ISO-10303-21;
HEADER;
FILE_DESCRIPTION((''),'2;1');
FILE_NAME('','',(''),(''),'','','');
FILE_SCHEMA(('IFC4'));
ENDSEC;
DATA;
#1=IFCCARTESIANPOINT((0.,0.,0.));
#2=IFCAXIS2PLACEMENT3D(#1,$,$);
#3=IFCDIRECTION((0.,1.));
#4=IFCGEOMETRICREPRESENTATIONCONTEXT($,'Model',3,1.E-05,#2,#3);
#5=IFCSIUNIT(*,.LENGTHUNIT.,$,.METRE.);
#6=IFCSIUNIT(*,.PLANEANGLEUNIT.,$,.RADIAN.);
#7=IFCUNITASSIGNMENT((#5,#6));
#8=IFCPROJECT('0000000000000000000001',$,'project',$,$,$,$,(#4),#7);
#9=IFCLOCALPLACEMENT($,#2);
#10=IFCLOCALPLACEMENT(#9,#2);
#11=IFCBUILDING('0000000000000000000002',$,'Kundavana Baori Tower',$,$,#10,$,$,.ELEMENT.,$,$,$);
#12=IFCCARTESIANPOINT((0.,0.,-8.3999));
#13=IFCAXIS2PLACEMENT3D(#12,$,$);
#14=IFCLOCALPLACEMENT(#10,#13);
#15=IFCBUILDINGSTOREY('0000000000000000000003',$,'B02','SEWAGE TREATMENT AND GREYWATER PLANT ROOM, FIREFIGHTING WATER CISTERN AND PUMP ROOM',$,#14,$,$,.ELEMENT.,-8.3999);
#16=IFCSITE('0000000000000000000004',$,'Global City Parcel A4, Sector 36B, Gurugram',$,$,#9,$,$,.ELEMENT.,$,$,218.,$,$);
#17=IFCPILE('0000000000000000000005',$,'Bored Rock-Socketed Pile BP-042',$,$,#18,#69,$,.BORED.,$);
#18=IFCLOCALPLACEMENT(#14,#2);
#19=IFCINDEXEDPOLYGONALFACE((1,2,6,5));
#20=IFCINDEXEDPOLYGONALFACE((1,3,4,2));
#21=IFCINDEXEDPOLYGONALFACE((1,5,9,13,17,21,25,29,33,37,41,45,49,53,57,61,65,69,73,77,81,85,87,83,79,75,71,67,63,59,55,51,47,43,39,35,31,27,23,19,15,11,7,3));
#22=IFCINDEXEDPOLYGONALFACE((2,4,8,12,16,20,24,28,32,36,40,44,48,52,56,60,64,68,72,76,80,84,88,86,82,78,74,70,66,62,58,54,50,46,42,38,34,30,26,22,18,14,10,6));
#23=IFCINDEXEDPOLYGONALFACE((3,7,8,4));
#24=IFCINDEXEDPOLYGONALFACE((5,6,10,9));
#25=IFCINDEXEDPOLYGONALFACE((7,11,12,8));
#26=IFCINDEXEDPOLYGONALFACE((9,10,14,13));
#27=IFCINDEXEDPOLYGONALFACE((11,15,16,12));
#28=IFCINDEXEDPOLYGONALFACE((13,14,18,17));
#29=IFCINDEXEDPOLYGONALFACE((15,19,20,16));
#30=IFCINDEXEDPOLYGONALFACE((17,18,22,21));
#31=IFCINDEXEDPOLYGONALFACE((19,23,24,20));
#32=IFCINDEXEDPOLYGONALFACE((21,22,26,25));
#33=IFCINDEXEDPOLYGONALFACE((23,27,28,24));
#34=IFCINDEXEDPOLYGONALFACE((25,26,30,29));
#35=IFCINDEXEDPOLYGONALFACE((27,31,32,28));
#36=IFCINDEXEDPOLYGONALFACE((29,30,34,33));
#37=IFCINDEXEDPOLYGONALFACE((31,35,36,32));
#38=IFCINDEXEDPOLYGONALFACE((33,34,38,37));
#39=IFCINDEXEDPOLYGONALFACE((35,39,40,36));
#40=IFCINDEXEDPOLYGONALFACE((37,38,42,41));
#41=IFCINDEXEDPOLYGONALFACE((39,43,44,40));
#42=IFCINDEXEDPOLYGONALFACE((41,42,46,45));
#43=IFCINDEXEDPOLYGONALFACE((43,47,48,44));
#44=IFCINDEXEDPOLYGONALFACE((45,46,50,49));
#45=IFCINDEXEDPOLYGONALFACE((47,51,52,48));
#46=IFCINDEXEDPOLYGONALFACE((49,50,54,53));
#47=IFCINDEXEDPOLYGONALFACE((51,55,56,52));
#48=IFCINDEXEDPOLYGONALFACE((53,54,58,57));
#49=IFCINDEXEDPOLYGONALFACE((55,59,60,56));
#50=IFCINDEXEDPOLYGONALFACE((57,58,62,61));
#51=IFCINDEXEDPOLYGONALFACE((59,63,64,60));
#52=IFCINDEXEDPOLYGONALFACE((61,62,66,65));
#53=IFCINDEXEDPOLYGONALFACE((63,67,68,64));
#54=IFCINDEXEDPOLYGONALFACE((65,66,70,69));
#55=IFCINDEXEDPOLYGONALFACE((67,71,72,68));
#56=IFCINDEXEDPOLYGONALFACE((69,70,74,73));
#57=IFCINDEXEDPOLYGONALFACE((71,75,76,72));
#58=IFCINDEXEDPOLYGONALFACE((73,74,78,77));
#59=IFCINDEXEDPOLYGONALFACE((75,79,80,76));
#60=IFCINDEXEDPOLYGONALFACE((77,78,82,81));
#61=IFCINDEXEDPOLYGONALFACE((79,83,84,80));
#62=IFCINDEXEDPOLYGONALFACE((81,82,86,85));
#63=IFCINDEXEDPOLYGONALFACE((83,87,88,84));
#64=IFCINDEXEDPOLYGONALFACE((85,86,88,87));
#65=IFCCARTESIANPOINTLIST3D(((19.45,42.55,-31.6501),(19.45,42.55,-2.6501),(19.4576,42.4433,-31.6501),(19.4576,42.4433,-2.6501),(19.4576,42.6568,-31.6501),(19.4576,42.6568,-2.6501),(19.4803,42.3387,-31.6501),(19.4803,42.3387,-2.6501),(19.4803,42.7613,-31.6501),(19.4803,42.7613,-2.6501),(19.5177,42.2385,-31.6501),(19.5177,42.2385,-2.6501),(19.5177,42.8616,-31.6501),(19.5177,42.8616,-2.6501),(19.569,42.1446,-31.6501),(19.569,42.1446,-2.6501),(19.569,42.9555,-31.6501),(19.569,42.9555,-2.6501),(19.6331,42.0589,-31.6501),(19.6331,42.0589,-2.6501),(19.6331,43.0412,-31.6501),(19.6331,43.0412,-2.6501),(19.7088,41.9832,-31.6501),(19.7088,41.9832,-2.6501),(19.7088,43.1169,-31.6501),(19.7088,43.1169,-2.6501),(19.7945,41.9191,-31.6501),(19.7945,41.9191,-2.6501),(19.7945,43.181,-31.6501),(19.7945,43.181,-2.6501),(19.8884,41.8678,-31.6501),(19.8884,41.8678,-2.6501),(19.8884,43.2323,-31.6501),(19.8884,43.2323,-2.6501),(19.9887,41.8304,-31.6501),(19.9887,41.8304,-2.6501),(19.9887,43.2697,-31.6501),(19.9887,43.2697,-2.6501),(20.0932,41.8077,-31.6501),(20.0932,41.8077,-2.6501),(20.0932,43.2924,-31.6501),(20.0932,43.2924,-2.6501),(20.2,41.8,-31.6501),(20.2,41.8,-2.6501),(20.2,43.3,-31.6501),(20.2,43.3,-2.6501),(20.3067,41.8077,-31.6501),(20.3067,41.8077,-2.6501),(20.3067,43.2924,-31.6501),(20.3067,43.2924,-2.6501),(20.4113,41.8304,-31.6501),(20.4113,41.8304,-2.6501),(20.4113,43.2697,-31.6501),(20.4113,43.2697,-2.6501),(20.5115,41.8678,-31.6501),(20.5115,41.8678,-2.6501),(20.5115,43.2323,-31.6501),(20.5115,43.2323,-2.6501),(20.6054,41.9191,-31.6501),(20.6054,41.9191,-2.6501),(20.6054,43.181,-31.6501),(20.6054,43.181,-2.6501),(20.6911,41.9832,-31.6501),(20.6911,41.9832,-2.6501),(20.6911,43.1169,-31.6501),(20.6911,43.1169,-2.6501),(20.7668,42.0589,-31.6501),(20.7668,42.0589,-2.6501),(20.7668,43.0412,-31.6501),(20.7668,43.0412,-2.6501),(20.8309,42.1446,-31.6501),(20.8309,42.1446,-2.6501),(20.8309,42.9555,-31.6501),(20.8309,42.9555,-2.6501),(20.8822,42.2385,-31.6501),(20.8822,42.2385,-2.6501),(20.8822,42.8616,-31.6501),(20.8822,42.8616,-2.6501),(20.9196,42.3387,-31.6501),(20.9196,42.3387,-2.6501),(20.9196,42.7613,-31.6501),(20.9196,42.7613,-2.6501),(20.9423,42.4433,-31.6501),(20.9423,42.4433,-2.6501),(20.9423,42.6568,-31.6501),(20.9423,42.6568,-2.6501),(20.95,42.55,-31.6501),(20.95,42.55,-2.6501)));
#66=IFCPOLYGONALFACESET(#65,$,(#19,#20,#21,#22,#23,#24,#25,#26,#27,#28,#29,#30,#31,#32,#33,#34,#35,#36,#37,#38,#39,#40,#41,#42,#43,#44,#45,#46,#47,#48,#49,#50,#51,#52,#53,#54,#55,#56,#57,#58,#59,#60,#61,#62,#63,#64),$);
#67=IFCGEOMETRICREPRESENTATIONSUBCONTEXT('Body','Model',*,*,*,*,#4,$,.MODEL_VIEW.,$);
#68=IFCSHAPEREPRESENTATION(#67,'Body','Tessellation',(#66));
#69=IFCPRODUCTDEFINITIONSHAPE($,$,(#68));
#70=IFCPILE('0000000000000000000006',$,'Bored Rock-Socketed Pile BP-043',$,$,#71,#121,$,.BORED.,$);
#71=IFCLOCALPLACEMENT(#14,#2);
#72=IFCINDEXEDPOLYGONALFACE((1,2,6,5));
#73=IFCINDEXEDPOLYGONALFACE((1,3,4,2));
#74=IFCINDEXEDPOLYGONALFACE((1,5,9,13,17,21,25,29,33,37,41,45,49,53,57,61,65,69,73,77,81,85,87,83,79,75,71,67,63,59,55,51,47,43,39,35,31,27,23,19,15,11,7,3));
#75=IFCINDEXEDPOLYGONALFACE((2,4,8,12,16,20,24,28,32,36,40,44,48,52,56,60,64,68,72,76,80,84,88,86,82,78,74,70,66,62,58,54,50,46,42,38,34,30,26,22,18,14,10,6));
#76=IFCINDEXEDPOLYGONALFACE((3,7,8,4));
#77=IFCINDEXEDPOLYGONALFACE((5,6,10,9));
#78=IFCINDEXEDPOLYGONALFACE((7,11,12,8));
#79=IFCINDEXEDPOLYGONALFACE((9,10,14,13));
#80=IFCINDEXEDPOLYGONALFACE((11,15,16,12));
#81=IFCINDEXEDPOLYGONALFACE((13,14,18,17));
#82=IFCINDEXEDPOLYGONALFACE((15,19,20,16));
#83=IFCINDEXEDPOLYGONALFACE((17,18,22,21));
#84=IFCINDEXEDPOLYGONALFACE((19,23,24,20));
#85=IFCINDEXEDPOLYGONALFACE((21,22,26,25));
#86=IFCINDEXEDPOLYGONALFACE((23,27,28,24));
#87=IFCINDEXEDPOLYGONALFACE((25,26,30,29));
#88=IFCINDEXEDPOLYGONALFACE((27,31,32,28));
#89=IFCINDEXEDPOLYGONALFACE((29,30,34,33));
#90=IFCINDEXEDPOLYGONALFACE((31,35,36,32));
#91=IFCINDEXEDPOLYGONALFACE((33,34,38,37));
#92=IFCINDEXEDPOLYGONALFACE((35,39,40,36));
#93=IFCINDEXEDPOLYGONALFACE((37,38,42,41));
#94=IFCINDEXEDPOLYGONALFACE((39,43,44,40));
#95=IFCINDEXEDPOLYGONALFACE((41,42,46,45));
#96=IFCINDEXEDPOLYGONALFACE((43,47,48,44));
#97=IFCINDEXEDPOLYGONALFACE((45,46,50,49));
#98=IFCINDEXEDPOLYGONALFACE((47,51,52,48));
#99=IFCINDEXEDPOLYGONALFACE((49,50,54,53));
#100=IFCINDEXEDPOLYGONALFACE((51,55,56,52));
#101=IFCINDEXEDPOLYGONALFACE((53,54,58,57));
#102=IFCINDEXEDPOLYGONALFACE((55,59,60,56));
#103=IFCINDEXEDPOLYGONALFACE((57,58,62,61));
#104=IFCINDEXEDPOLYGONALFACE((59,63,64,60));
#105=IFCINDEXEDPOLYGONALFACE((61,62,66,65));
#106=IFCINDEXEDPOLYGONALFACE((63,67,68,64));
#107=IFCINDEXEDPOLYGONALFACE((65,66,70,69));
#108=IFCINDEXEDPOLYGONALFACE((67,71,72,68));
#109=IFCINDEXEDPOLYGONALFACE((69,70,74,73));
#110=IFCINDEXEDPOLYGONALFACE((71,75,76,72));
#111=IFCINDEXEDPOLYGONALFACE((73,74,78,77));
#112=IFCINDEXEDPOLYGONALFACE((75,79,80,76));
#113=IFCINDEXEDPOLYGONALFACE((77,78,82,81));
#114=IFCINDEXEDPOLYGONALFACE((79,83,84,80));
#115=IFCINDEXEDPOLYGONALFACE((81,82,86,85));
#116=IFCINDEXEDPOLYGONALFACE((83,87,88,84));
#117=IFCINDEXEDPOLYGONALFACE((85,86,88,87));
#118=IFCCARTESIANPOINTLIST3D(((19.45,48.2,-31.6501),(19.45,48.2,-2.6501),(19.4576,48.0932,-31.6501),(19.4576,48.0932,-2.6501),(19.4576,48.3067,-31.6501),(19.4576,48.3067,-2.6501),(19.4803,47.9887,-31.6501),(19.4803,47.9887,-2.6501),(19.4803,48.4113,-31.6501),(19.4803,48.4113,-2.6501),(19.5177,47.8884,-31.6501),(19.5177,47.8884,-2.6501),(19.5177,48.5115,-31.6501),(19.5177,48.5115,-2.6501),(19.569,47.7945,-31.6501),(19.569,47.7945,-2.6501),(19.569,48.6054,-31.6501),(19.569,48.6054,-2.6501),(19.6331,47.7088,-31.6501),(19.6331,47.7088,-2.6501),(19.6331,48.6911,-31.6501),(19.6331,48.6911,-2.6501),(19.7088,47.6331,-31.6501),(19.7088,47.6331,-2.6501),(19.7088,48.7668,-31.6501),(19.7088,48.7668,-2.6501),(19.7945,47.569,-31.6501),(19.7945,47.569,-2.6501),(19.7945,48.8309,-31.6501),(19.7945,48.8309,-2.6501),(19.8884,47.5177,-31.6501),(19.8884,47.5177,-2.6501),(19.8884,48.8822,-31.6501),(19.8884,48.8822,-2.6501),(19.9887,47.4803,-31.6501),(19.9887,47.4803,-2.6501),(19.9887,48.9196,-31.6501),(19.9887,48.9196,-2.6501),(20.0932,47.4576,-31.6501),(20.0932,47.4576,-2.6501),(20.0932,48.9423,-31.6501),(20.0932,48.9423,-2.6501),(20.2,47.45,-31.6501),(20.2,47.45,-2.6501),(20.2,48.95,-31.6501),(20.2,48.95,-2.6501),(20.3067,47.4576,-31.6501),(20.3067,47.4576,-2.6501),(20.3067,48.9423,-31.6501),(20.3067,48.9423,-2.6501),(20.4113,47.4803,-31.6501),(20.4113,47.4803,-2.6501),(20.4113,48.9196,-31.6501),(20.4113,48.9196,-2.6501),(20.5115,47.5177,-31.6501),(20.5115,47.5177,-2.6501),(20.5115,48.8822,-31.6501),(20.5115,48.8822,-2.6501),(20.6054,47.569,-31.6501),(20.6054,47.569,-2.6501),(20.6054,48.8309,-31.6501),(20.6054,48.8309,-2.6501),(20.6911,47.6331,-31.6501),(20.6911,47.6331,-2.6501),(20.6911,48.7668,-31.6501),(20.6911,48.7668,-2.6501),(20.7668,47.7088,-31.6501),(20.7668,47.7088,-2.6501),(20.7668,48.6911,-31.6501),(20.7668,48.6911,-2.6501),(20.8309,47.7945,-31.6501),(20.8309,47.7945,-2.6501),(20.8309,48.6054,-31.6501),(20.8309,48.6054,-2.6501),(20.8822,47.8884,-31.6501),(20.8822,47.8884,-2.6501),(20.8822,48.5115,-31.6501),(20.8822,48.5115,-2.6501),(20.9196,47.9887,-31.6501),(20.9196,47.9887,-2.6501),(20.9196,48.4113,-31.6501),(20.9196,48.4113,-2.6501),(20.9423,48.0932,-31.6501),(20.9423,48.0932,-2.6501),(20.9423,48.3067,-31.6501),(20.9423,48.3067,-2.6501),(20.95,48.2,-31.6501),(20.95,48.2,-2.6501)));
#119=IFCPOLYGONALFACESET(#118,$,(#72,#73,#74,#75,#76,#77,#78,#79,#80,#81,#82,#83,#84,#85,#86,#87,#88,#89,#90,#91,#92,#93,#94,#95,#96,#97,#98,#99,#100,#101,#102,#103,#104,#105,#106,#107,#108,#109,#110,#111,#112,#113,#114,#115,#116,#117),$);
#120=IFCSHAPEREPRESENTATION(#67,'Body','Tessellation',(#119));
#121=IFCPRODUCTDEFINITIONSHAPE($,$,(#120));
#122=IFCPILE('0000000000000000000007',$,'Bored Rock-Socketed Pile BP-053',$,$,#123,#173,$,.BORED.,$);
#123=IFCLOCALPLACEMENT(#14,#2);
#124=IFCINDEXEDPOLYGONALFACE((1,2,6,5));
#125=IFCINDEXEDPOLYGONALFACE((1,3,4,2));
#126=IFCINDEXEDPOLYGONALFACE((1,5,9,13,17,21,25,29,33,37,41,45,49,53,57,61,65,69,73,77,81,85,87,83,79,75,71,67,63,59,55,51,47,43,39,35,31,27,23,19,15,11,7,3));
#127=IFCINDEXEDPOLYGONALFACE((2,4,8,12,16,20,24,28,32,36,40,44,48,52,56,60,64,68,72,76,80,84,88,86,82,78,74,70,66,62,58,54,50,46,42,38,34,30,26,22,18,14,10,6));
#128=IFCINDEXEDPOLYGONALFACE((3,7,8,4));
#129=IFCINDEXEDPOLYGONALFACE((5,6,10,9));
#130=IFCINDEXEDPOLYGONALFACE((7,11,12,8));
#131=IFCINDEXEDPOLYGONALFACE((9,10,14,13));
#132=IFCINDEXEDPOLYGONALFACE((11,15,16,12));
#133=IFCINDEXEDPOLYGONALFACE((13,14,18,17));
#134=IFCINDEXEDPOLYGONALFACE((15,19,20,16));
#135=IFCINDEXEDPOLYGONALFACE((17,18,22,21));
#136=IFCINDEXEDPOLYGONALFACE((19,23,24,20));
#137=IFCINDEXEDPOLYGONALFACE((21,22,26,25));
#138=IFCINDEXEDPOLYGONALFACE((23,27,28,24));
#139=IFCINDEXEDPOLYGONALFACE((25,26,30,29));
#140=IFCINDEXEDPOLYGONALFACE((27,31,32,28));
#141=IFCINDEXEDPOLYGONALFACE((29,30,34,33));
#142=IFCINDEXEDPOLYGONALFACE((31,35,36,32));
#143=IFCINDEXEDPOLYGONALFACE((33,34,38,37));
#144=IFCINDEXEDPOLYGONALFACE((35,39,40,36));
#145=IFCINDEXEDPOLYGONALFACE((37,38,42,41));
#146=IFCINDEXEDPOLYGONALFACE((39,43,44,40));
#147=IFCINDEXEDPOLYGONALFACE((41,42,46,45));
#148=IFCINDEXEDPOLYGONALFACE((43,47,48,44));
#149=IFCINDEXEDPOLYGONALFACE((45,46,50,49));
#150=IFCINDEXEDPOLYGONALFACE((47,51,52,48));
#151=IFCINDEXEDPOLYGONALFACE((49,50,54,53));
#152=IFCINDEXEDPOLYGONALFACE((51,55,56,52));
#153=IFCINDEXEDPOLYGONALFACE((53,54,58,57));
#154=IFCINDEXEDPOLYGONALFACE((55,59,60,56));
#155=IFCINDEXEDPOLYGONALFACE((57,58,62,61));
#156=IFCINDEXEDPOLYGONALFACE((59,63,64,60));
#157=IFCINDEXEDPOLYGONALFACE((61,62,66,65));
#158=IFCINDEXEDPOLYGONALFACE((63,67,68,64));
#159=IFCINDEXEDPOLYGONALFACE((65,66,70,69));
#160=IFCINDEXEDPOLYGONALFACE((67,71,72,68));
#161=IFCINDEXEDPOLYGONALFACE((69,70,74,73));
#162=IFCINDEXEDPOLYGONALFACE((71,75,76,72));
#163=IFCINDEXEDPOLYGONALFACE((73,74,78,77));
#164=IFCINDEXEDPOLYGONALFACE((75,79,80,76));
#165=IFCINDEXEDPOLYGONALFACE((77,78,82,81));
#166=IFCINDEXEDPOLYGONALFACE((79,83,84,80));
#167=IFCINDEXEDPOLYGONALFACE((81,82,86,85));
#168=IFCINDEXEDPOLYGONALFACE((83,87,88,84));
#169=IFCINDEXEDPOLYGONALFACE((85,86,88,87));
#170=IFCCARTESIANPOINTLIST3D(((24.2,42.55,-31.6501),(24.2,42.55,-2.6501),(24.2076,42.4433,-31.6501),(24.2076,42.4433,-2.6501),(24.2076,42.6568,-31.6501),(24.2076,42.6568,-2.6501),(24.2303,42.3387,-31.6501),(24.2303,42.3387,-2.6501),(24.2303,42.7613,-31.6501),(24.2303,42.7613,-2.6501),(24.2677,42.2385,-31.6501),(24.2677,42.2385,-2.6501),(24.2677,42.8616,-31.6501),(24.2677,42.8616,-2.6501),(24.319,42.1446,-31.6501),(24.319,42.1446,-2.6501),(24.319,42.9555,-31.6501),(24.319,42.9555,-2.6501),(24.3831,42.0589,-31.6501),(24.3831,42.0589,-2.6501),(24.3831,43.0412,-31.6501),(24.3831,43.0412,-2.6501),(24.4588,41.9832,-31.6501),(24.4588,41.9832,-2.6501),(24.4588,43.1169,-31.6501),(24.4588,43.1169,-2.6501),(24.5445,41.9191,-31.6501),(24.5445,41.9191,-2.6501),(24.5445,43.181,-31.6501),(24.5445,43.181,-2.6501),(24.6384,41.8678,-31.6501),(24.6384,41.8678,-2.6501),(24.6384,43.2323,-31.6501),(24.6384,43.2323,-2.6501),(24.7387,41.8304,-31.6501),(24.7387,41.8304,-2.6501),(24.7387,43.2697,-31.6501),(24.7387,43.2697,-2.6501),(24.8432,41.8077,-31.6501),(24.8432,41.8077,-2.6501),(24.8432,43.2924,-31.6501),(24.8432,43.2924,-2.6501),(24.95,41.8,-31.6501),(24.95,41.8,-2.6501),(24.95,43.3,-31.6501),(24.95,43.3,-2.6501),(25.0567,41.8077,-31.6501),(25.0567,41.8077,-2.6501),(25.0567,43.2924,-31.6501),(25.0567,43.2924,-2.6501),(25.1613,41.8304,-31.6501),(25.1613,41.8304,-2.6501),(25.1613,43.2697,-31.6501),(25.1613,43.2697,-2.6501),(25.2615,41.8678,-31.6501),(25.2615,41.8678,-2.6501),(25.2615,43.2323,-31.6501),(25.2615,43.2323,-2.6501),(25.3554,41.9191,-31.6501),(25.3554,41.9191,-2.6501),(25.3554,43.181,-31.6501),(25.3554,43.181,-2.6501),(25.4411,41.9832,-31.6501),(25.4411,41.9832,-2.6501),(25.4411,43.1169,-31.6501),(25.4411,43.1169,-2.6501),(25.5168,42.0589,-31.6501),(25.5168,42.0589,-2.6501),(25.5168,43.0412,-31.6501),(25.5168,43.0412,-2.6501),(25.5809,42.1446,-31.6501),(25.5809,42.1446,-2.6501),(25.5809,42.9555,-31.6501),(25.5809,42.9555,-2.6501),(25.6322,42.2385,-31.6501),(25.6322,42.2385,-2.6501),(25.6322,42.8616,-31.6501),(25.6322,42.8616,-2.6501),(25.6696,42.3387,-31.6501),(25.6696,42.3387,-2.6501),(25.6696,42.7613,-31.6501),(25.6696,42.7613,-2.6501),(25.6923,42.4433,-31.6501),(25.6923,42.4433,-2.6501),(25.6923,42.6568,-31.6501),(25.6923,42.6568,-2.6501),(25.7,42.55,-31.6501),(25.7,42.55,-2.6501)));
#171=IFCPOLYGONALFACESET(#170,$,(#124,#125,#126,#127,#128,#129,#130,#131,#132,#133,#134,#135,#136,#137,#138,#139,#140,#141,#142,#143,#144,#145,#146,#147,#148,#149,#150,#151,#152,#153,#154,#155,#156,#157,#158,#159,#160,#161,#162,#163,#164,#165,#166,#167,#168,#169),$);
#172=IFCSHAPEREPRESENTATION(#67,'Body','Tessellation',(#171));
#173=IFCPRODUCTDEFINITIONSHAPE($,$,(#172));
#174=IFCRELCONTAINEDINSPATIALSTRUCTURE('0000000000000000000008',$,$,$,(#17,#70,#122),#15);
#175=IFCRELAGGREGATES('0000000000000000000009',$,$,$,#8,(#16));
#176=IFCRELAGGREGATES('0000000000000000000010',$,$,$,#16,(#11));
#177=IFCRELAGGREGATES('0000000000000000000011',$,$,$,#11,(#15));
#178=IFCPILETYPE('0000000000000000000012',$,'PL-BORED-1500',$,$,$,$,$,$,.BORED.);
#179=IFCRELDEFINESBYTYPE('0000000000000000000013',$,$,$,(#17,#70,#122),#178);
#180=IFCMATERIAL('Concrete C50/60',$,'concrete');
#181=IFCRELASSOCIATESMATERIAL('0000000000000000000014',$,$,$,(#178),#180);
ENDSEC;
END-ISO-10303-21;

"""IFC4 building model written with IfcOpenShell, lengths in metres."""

from ifc_helpers import new_model, si_unit, direction, frame, origin, origin_2d, place, context, subcontext, project, spatial, circle, extrude, material, material_profile, profile_set, type_object, element, save


model = new_model("IFC4")

# Units and contexts
model_context = context("Model", 3, precision=1e-05, world=origin(), true_north=direction((0.0, 1.0)))
body_context = subcontext(model_context, "Body", "Model", "MODEL_VIEW")
ifc_project = project(units=[si_unit("LENGTHUNIT", "METRE"), si_unit("PLANEANGLEUNIT", "RADIAN")], contexts=[model_context])

# Site, building, storey
site_placement = place(None, origin())
site = spatial("IfcSite", under=ifc_project, at=site_placement, Name="Global City Parcel A4, Sector 36B, Gurugram", CompositionType="ELEMENT", RefElevation=218.0)
building_placement = place(site_placement, origin())
building = spatial("IfcBuilding", under=site, at=building_placement, Name="Kundavana Baori Tower", CompositionType="ELEMENT")
storey_placement = place(building_placement, frame((0.0, 0.0, -8.3999)))
storey = spatial("IfcBuildingStorey", under=building, at=storey_placement, Name="B02", Description="SEWAGE TREATMENT AND GREYWATER PLANT ROOM, FIREFIGHTING WATER CISTERN AND PUMP ROOM", CompositionType="ELEMENT", Elevation=-8.3999)

# Piles
ifc_material_1 = material(Name="Concrete C50/60", Category="concrete")
ifc_material_profile_1 = material_profile(ifc_material_1, circle(Radius=0.75, at=origin_2d()), Name="BORED PILE D1500")
ifc_profile_set_1 = profile_set([ifc_material_profile_1], Name="Concrete C50/60")
pile_type_1 = type_object("IfcPileType", Name="PL-BORED-1500", PredefinedType="BORED", material=ifc_profile_set_1)
for number, where, z_axis, x_axis, name in (
    (1, (20.2, 42.55, -2.6501), (0.0, 0.0, -1.0), (1.0, 0.0, 0.0), "Bored Rock-Socketed Pile BP-042"),
    (2, (20.2, 48.2, -2.6501), (0.0, 0.0, -1.0), (1.0, 0.0, 0.0), "Bored Rock-Socketed Pile BP-043"),
    (3, (24.95, 42.55, -2.6501), (0.0, 0.0, -1.0), (1.0, 0.0, 0.0), "Bored Rock-Socketed Pile BP-053"),
):
    element("IfcPile", number, at=place(storey_placement, frame(where, z_axis=z_axis, x_axis=x_axis)), inside=storey, type_object=pile_type_1, Name=name, PredefinedType="BORED", context=body_context, shape_type="SweptSolid", body=[
        extrude(circle(Radius=0.75, at=origin_2d()), origin(), (0.0, 0.0, 1.0), 29.0),
    ])

save(model, "model.ifc")
